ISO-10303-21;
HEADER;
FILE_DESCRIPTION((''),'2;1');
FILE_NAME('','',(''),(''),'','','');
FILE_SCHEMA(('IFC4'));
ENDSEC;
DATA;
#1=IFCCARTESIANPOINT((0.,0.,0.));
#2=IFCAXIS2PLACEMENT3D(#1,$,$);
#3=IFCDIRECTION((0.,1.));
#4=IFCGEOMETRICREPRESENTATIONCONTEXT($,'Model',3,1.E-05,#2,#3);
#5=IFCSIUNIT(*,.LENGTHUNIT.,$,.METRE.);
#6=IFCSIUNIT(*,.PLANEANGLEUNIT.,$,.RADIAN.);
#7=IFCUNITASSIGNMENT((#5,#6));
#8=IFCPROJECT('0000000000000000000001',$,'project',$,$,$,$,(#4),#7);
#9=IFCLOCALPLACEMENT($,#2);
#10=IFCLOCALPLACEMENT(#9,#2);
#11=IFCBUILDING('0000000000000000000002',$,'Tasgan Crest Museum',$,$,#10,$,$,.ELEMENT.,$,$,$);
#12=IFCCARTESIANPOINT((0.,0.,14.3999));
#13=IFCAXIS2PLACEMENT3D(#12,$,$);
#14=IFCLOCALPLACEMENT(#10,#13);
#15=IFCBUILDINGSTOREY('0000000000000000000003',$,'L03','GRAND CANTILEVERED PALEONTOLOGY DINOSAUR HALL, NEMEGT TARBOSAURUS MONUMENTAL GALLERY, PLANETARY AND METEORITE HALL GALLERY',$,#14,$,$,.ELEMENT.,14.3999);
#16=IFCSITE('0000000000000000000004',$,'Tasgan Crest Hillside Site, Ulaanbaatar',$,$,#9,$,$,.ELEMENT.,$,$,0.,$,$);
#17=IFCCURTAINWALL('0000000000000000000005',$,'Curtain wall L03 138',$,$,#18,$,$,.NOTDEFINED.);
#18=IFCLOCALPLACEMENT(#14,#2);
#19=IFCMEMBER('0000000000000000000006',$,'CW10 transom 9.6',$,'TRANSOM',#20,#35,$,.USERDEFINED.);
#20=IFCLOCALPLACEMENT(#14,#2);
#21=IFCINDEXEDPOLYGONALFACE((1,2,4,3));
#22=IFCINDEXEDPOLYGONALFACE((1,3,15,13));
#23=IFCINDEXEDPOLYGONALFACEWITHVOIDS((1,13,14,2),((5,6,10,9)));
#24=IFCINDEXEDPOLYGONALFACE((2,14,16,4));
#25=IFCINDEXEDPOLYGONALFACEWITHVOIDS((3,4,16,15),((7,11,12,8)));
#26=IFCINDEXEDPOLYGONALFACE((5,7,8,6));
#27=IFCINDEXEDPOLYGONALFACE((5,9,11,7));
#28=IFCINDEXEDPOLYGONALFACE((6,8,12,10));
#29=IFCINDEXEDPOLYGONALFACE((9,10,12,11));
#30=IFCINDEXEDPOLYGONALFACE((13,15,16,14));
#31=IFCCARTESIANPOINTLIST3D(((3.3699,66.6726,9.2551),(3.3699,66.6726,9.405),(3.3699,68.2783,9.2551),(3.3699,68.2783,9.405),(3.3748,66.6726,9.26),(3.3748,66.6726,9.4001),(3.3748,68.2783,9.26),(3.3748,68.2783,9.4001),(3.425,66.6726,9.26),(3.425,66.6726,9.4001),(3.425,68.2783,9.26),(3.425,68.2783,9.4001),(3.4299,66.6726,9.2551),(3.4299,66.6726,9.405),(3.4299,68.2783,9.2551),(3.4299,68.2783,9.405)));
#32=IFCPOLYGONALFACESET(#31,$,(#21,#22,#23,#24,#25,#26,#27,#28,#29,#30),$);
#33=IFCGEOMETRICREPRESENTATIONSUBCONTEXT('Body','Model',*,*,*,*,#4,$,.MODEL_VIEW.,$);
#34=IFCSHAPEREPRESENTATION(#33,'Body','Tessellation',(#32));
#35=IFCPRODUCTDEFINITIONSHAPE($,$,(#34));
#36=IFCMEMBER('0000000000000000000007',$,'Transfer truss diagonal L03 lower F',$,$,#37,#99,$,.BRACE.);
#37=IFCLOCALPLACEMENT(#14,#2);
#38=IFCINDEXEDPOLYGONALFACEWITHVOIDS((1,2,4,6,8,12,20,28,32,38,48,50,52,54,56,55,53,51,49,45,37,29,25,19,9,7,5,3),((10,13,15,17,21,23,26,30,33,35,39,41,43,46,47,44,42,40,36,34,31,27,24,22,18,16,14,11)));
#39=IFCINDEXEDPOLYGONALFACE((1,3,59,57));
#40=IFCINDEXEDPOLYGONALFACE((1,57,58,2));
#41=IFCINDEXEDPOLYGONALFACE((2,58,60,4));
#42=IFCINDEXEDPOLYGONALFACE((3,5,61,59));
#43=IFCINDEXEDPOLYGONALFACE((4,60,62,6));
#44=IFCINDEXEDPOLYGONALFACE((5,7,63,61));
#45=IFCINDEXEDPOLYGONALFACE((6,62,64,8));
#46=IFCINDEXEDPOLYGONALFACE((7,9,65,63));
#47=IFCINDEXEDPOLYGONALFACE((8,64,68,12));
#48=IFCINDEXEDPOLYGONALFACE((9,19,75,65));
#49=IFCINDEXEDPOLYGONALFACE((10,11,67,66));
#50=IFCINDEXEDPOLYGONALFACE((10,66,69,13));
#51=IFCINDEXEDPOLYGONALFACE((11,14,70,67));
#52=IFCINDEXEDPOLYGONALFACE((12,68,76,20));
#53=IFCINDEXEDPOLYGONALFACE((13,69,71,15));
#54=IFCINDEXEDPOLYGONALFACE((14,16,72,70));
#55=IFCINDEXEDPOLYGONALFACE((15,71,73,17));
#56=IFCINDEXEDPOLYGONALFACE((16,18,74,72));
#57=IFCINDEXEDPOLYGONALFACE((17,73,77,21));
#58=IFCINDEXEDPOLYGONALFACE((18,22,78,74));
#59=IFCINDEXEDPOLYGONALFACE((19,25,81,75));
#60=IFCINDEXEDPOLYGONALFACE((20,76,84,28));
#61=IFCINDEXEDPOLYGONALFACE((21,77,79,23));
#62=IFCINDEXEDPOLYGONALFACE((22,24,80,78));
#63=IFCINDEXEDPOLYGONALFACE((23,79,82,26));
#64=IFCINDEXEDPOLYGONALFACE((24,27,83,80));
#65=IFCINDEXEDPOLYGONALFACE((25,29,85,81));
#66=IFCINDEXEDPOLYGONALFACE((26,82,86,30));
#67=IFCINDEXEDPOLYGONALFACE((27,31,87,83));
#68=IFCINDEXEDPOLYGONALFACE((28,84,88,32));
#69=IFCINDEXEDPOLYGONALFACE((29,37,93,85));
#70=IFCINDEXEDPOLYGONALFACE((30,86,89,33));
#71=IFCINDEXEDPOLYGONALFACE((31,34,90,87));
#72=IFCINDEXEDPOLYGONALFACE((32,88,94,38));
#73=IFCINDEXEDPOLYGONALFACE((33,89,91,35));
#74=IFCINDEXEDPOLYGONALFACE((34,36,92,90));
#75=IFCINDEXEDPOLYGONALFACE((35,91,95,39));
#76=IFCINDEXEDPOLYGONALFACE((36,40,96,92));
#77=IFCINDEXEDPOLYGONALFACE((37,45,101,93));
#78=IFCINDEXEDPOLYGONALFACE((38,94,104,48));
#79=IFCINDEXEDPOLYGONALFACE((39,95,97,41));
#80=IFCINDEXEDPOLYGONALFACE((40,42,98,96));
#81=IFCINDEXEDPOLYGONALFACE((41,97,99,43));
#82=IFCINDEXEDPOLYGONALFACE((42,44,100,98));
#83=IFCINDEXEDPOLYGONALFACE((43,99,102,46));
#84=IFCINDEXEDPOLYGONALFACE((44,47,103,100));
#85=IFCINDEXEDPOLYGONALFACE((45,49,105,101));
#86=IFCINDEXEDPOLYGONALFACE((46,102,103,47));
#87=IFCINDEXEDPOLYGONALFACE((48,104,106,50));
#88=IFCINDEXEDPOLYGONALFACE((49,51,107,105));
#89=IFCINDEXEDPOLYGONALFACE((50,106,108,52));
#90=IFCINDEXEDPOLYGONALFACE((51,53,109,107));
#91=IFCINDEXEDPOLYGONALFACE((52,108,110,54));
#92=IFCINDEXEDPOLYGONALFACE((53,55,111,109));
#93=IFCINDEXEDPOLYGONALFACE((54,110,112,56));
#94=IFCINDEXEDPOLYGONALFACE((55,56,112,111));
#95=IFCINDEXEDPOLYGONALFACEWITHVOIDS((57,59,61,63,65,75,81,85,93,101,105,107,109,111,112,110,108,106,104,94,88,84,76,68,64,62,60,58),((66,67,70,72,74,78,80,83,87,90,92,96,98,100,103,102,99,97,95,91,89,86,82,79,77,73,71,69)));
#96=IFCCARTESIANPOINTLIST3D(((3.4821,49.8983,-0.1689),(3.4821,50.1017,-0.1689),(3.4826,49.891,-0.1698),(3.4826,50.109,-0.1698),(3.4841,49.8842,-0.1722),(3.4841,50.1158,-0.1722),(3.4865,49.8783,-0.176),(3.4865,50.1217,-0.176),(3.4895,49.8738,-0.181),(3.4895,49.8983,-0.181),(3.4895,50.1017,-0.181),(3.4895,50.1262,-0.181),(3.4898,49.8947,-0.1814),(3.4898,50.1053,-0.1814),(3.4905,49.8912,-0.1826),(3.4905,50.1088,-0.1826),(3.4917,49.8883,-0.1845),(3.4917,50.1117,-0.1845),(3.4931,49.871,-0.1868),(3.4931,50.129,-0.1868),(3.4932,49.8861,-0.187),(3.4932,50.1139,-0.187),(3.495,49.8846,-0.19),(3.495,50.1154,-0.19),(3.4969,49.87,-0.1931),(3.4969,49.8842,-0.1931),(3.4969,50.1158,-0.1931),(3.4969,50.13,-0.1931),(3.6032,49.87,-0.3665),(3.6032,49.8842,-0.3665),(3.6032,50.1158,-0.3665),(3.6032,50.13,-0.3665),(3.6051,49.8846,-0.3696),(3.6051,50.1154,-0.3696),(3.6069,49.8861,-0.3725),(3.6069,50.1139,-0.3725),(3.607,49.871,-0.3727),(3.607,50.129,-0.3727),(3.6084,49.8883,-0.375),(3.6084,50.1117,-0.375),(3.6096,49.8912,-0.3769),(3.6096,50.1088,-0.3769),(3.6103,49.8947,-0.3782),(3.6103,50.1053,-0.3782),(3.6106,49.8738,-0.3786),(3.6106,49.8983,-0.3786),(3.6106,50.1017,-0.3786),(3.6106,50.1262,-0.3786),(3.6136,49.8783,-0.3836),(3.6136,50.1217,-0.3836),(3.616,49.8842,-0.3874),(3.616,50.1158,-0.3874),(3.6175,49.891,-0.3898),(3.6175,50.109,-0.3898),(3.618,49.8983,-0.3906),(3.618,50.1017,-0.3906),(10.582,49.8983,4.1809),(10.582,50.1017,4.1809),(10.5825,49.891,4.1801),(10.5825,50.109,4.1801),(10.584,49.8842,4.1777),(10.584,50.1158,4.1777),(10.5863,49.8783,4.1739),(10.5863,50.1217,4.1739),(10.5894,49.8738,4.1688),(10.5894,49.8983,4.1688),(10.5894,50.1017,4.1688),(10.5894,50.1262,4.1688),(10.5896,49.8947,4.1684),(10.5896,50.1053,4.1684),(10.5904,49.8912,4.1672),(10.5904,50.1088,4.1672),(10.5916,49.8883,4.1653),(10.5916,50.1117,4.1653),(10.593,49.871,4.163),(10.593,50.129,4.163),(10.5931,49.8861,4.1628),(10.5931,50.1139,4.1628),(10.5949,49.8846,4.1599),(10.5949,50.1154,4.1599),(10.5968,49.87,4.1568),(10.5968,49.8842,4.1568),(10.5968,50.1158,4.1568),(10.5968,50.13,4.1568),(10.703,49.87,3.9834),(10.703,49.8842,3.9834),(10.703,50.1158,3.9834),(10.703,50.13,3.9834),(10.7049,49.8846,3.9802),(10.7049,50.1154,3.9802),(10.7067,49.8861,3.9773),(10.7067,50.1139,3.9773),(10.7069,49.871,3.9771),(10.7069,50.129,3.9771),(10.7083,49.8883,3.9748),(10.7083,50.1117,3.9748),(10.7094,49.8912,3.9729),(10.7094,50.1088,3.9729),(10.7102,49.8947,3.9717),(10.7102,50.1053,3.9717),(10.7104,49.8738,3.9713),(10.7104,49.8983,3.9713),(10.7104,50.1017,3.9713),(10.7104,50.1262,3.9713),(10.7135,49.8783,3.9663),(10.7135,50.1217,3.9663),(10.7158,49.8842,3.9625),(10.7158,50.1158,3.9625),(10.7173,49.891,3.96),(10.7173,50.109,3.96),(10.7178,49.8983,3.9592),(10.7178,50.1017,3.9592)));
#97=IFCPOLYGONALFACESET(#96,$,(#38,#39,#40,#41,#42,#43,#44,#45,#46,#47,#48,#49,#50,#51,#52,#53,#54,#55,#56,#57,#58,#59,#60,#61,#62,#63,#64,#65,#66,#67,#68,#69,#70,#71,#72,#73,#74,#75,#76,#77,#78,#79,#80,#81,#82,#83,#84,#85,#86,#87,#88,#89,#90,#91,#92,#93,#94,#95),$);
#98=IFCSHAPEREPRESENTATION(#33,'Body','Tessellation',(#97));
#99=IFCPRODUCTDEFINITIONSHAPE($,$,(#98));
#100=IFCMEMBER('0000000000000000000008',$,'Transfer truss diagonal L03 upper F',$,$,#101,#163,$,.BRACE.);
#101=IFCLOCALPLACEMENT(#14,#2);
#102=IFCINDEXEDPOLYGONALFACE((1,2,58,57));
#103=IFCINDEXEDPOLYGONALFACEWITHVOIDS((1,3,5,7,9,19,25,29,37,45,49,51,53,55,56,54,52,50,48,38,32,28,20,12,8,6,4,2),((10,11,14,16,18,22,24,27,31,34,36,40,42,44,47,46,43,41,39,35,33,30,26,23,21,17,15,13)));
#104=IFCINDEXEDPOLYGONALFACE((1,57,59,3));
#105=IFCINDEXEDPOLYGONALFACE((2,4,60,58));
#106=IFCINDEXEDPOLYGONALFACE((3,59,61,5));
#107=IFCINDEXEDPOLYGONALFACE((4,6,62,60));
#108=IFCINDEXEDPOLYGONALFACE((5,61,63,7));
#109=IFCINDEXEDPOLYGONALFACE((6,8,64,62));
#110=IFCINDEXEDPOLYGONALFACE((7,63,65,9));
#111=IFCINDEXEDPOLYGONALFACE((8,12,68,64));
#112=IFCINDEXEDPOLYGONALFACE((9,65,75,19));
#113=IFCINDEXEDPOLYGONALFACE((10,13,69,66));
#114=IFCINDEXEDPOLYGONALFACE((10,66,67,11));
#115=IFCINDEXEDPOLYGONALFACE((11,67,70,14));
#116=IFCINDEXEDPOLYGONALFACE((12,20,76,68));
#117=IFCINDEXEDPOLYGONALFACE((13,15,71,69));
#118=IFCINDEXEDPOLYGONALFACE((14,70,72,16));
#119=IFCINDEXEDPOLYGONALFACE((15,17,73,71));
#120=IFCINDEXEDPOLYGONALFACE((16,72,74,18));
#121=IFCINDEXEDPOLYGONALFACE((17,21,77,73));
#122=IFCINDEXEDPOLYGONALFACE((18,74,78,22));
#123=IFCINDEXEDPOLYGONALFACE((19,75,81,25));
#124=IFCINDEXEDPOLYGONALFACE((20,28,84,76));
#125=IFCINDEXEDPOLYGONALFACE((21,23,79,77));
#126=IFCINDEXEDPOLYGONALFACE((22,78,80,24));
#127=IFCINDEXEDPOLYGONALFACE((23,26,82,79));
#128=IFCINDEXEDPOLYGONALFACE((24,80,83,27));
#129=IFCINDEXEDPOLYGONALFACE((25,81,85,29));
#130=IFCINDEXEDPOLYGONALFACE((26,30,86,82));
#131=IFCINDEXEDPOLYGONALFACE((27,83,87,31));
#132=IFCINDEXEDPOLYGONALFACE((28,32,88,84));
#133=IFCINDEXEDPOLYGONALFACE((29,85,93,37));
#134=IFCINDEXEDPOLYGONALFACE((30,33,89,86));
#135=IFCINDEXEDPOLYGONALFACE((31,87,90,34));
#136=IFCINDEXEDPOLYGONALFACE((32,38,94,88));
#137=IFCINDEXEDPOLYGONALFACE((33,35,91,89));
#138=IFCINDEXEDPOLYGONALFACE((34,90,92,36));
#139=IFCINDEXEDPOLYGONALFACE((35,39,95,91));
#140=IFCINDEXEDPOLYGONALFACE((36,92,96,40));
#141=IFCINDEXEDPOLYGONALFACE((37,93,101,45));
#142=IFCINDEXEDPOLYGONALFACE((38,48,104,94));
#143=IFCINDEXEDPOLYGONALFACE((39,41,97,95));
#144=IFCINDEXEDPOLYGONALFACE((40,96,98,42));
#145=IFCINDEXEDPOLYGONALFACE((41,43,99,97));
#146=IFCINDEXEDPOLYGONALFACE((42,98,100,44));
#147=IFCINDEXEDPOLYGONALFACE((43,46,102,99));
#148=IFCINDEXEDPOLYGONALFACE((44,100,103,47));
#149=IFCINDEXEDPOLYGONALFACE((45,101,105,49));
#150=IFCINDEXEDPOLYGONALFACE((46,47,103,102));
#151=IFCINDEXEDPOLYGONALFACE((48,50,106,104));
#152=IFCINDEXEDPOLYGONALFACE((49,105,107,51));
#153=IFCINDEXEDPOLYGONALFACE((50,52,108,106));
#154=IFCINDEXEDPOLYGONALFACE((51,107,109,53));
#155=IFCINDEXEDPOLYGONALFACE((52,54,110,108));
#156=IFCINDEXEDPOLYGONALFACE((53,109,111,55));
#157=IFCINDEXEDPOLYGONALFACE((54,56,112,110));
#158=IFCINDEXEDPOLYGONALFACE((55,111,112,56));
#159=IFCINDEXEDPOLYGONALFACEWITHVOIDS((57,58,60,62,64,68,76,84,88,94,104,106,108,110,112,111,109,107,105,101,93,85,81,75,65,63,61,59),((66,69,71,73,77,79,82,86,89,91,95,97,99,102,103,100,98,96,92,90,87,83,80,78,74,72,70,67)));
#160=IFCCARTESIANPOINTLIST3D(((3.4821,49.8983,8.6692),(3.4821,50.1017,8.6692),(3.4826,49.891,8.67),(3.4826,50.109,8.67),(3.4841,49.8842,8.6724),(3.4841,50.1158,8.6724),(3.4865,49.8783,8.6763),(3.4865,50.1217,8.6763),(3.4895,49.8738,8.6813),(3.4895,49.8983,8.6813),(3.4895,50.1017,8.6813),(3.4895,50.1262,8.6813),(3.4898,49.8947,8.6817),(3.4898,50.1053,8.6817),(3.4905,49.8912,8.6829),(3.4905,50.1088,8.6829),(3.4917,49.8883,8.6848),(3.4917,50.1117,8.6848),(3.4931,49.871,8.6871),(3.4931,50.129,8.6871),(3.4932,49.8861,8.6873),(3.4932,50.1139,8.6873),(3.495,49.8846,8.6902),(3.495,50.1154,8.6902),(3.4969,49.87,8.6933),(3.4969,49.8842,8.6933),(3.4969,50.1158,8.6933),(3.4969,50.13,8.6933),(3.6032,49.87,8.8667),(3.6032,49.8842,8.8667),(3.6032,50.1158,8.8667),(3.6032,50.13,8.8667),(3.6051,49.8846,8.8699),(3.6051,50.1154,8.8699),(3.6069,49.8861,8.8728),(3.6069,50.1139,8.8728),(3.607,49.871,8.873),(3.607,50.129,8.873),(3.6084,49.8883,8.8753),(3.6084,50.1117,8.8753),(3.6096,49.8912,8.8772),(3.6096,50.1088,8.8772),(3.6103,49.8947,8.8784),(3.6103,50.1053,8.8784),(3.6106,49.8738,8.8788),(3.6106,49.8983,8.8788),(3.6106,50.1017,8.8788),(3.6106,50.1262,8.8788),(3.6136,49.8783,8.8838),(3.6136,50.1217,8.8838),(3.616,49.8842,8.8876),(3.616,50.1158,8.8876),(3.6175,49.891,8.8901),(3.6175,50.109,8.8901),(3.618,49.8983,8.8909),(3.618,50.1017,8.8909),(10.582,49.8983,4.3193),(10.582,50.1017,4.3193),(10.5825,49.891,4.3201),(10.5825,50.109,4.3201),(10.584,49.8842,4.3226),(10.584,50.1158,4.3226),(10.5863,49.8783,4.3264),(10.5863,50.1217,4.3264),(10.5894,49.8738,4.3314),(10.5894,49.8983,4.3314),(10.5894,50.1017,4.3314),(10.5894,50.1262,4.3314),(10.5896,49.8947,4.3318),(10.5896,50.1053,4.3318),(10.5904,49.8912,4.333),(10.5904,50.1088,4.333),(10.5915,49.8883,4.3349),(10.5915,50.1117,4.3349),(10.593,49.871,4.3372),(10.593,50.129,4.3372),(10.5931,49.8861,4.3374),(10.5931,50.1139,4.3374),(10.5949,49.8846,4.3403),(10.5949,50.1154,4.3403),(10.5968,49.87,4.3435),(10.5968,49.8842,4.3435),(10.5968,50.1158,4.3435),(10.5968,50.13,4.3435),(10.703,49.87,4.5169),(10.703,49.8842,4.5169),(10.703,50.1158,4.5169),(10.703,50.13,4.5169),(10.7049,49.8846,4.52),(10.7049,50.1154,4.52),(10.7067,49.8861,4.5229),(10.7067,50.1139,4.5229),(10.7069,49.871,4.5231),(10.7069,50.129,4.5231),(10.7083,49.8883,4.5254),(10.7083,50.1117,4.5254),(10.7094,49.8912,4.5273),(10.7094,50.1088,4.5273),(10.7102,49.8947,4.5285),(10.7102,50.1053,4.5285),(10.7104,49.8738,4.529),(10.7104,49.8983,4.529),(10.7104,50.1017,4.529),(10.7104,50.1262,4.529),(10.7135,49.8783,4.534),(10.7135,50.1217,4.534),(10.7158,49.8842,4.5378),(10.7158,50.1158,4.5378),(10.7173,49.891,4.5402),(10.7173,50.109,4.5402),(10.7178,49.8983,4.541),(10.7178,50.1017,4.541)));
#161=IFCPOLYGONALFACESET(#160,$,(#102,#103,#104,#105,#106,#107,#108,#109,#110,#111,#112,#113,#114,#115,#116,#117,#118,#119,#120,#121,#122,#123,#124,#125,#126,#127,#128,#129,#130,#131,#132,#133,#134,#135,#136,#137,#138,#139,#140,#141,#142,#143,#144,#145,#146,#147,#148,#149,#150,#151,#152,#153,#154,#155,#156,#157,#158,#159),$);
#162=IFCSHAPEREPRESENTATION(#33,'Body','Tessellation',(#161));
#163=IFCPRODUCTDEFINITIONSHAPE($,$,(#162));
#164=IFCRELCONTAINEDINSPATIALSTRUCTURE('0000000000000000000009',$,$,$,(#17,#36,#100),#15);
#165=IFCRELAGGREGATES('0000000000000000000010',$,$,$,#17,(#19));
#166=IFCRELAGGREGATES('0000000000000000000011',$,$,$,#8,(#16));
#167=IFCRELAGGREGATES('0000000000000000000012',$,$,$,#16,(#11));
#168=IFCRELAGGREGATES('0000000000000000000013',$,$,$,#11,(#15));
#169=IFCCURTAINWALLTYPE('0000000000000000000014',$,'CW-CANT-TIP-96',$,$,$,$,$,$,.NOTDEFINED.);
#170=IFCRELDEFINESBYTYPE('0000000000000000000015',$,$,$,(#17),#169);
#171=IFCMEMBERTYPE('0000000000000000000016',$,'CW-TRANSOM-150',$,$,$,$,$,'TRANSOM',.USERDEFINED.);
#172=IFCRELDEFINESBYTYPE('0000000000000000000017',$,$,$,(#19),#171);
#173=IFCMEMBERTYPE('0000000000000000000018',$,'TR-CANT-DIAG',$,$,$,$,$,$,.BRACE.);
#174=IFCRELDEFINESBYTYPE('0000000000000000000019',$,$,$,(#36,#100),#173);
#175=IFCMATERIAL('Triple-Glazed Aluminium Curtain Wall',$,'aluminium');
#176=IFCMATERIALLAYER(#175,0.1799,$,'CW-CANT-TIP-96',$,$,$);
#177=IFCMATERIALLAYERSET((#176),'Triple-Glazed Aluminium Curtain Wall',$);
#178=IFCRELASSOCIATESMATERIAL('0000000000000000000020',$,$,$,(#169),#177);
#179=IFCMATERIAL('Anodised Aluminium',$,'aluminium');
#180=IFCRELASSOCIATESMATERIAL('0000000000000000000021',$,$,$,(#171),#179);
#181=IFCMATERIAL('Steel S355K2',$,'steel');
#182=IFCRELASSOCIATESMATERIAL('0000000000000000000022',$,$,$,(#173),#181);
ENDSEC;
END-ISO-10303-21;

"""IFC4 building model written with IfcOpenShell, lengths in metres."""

from ifc_helpers import new_model, si_unit, direction, frame, origin, origin_2d, place, context, subcontext, project, spatial, hollow_rectangle, extrude, material, layer, layer_set, material_profile, profile_set, type_object, element, aggregate, save


model = new_model("IFC4")

# Units and contexts
model_context = context("Model", 3, precision=1e-05, world=origin(), true_north=direction((0.0, 1.0)))
body_context = subcontext(model_context, "Body", "Model", "MODEL_VIEW")
ifc_project = project(units=[si_unit("LENGTHUNIT", "METRE"), si_unit("PLANEANGLEUNIT", "RADIAN")], contexts=[model_context])

# Site, building, storey
site_placement = place(None, origin())
site = spatial("IfcSite", under=ifc_project, at=site_placement, Name="Tasgan Crest Hillside Site, Ulaanbaatar", CompositionType="ELEMENT", RefElevation=0.0)
building_placement = place(site_placement, origin())
building = spatial("IfcBuilding", under=site, at=building_placement, Name="Tasgan Crest Museum", CompositionType="ELEMENT")
storey_placement = place(building_placement, frame((0.0, 0.0, 14.3999)))
storey = spatial("IfcBuildingStorey", under=building, at=storey_placement, Name="L03", Description="GRAND CANTILEVERED PALEONTOLOGY DINOSAUR HALL, NEMEGT TARBOSAURUS MONUMENTAL GALLERY, PLANETARY AND METEORITE HALL GALLERY", CompositionType="ELEMENT", Elevation=14.3999)

# Curtain wall, member
ifc_material_1 = material(Name="Triple-Glazed Aluminium Curtain Wall", Category="aluminium")
ifc_layer_1 = layer(ifc_material_1, 0.1799, Name="CW-CANT-TIP-96")
ifc_layer_set_1 = layer_set([ifc_layer_1], Name="Triple-Glazed Aluminium Curtain Wall")
curtain_wall_type = type_object("IfcCurtainWallType", Name="CW-CANT-TIP-96", PredefinedType="NOTDEFINED", material=ifc_layer_set_1)
curtain_wall_placement = place(storey_placement, origin())
curtain_wall = element("IfcCurtainWall", 1, at=curtain_wall_placement, inside=storey, type_object=curtain_wall_type, Name="Curtain wall L03 138", PredefinedType="NOTDEFINED")
ifc_material_2 = material(Name="Anodised Aluminium", Category="aluminium")
ifc_material_profile_1 = material_profile(ifc_material_2, hollow_rectangle(XDim=0.0601, YDim=0.1499, WallThickness=0.0049, at=origin_2d()), Name="ALU TRANSOM 150x60x5")
ifc_profile_set_1 = profile_set([ifc_material_profile_1], Name="Anodised Aluminium")
member_type_1 = type_object("IfcMemberType", Name="CW-TRANSOM-150", ElementType="TRANSOM", PredefinedType="USERDEFINED", material=ifc_profile_set_1)
member_1_placement = place(storey_placement, frame((3.3999, 68.2783, 9.3301), z_axis=(0.0, -1.0, 0.0), x_axis=(1.0, 0.0, 0.0)))
member_1 = element("IfcMember", 2, at=member_1_placement, type_object=member_type_1, Name="CW10 transom 9.6", ObjectType="TRANSOM", PredefinedType="USERDEFINED", context=body_context, shape_type="SweptSolid", body=[
    extrude(hollow_rectangle(XDim=0.0601, YDim=0.1499, WallThickness=0.0049, at=origin_2d()), origin(), (0.0, 0.0, 1.0), 1.6057),
])
aggregate(curtain_wall, [member_1])

# Members
ifc_material_3 = material(Name="Steel S355K2", Category="steel")
ifc_material_profile_2 = material_profile(ifc_material_3, hollow_rectangle(XDim=0.26, YDim=0.26, WallThickness=0.0142, InnerFilletRadius=0.0142, OuterFilletRadius=0.0283, at=origin_2d()), Name="SHS 260x260x14.2")
ifc_profile_set_2 = profile_set([ifc_material_profile_2], Name="Steel S355K2")
member_type_2 = type_object("IfcMemberType", Name="TR-CANT-DIAG", PredefinedType="BRACE", material=ifc_profile_set_2)
for number, where, z_axis, x_axis, name in (
    (3, (3.55, 50.0, -0.2798), (0.852691, 0.0, 0.522416), (0.0, 1.0, 0.0), "Transfer truss diagonal L03 lower F"),
    (4, (10.6499, 50.0, 4.4302), (-0.852691, 0.0, 0.522416), (0.0, -1.0, 0.0), "Transfer truss diagonal L03 upper F"),
):
    element("IfcMember", number, at=place(storey_placement, frame(where, z_axis=z_axis, x_axis=x_axis)), inside=storey, type_object=member_type_2, Name=name, PredefinedType="BRACE", context=body_context, shape_type="SweptSolid", body=[
        extrude(hollow_rectangle(XDim=0.26, YDim=0.26, WallThickness=0.0142, InnerFilletRadius=0.0142, OuterFilletRadius=0.0283, at=origin_2d()), origin(), (0.0, 0.0, 1.0), 8.3264),
    ])

save(model, "model.ifc")
